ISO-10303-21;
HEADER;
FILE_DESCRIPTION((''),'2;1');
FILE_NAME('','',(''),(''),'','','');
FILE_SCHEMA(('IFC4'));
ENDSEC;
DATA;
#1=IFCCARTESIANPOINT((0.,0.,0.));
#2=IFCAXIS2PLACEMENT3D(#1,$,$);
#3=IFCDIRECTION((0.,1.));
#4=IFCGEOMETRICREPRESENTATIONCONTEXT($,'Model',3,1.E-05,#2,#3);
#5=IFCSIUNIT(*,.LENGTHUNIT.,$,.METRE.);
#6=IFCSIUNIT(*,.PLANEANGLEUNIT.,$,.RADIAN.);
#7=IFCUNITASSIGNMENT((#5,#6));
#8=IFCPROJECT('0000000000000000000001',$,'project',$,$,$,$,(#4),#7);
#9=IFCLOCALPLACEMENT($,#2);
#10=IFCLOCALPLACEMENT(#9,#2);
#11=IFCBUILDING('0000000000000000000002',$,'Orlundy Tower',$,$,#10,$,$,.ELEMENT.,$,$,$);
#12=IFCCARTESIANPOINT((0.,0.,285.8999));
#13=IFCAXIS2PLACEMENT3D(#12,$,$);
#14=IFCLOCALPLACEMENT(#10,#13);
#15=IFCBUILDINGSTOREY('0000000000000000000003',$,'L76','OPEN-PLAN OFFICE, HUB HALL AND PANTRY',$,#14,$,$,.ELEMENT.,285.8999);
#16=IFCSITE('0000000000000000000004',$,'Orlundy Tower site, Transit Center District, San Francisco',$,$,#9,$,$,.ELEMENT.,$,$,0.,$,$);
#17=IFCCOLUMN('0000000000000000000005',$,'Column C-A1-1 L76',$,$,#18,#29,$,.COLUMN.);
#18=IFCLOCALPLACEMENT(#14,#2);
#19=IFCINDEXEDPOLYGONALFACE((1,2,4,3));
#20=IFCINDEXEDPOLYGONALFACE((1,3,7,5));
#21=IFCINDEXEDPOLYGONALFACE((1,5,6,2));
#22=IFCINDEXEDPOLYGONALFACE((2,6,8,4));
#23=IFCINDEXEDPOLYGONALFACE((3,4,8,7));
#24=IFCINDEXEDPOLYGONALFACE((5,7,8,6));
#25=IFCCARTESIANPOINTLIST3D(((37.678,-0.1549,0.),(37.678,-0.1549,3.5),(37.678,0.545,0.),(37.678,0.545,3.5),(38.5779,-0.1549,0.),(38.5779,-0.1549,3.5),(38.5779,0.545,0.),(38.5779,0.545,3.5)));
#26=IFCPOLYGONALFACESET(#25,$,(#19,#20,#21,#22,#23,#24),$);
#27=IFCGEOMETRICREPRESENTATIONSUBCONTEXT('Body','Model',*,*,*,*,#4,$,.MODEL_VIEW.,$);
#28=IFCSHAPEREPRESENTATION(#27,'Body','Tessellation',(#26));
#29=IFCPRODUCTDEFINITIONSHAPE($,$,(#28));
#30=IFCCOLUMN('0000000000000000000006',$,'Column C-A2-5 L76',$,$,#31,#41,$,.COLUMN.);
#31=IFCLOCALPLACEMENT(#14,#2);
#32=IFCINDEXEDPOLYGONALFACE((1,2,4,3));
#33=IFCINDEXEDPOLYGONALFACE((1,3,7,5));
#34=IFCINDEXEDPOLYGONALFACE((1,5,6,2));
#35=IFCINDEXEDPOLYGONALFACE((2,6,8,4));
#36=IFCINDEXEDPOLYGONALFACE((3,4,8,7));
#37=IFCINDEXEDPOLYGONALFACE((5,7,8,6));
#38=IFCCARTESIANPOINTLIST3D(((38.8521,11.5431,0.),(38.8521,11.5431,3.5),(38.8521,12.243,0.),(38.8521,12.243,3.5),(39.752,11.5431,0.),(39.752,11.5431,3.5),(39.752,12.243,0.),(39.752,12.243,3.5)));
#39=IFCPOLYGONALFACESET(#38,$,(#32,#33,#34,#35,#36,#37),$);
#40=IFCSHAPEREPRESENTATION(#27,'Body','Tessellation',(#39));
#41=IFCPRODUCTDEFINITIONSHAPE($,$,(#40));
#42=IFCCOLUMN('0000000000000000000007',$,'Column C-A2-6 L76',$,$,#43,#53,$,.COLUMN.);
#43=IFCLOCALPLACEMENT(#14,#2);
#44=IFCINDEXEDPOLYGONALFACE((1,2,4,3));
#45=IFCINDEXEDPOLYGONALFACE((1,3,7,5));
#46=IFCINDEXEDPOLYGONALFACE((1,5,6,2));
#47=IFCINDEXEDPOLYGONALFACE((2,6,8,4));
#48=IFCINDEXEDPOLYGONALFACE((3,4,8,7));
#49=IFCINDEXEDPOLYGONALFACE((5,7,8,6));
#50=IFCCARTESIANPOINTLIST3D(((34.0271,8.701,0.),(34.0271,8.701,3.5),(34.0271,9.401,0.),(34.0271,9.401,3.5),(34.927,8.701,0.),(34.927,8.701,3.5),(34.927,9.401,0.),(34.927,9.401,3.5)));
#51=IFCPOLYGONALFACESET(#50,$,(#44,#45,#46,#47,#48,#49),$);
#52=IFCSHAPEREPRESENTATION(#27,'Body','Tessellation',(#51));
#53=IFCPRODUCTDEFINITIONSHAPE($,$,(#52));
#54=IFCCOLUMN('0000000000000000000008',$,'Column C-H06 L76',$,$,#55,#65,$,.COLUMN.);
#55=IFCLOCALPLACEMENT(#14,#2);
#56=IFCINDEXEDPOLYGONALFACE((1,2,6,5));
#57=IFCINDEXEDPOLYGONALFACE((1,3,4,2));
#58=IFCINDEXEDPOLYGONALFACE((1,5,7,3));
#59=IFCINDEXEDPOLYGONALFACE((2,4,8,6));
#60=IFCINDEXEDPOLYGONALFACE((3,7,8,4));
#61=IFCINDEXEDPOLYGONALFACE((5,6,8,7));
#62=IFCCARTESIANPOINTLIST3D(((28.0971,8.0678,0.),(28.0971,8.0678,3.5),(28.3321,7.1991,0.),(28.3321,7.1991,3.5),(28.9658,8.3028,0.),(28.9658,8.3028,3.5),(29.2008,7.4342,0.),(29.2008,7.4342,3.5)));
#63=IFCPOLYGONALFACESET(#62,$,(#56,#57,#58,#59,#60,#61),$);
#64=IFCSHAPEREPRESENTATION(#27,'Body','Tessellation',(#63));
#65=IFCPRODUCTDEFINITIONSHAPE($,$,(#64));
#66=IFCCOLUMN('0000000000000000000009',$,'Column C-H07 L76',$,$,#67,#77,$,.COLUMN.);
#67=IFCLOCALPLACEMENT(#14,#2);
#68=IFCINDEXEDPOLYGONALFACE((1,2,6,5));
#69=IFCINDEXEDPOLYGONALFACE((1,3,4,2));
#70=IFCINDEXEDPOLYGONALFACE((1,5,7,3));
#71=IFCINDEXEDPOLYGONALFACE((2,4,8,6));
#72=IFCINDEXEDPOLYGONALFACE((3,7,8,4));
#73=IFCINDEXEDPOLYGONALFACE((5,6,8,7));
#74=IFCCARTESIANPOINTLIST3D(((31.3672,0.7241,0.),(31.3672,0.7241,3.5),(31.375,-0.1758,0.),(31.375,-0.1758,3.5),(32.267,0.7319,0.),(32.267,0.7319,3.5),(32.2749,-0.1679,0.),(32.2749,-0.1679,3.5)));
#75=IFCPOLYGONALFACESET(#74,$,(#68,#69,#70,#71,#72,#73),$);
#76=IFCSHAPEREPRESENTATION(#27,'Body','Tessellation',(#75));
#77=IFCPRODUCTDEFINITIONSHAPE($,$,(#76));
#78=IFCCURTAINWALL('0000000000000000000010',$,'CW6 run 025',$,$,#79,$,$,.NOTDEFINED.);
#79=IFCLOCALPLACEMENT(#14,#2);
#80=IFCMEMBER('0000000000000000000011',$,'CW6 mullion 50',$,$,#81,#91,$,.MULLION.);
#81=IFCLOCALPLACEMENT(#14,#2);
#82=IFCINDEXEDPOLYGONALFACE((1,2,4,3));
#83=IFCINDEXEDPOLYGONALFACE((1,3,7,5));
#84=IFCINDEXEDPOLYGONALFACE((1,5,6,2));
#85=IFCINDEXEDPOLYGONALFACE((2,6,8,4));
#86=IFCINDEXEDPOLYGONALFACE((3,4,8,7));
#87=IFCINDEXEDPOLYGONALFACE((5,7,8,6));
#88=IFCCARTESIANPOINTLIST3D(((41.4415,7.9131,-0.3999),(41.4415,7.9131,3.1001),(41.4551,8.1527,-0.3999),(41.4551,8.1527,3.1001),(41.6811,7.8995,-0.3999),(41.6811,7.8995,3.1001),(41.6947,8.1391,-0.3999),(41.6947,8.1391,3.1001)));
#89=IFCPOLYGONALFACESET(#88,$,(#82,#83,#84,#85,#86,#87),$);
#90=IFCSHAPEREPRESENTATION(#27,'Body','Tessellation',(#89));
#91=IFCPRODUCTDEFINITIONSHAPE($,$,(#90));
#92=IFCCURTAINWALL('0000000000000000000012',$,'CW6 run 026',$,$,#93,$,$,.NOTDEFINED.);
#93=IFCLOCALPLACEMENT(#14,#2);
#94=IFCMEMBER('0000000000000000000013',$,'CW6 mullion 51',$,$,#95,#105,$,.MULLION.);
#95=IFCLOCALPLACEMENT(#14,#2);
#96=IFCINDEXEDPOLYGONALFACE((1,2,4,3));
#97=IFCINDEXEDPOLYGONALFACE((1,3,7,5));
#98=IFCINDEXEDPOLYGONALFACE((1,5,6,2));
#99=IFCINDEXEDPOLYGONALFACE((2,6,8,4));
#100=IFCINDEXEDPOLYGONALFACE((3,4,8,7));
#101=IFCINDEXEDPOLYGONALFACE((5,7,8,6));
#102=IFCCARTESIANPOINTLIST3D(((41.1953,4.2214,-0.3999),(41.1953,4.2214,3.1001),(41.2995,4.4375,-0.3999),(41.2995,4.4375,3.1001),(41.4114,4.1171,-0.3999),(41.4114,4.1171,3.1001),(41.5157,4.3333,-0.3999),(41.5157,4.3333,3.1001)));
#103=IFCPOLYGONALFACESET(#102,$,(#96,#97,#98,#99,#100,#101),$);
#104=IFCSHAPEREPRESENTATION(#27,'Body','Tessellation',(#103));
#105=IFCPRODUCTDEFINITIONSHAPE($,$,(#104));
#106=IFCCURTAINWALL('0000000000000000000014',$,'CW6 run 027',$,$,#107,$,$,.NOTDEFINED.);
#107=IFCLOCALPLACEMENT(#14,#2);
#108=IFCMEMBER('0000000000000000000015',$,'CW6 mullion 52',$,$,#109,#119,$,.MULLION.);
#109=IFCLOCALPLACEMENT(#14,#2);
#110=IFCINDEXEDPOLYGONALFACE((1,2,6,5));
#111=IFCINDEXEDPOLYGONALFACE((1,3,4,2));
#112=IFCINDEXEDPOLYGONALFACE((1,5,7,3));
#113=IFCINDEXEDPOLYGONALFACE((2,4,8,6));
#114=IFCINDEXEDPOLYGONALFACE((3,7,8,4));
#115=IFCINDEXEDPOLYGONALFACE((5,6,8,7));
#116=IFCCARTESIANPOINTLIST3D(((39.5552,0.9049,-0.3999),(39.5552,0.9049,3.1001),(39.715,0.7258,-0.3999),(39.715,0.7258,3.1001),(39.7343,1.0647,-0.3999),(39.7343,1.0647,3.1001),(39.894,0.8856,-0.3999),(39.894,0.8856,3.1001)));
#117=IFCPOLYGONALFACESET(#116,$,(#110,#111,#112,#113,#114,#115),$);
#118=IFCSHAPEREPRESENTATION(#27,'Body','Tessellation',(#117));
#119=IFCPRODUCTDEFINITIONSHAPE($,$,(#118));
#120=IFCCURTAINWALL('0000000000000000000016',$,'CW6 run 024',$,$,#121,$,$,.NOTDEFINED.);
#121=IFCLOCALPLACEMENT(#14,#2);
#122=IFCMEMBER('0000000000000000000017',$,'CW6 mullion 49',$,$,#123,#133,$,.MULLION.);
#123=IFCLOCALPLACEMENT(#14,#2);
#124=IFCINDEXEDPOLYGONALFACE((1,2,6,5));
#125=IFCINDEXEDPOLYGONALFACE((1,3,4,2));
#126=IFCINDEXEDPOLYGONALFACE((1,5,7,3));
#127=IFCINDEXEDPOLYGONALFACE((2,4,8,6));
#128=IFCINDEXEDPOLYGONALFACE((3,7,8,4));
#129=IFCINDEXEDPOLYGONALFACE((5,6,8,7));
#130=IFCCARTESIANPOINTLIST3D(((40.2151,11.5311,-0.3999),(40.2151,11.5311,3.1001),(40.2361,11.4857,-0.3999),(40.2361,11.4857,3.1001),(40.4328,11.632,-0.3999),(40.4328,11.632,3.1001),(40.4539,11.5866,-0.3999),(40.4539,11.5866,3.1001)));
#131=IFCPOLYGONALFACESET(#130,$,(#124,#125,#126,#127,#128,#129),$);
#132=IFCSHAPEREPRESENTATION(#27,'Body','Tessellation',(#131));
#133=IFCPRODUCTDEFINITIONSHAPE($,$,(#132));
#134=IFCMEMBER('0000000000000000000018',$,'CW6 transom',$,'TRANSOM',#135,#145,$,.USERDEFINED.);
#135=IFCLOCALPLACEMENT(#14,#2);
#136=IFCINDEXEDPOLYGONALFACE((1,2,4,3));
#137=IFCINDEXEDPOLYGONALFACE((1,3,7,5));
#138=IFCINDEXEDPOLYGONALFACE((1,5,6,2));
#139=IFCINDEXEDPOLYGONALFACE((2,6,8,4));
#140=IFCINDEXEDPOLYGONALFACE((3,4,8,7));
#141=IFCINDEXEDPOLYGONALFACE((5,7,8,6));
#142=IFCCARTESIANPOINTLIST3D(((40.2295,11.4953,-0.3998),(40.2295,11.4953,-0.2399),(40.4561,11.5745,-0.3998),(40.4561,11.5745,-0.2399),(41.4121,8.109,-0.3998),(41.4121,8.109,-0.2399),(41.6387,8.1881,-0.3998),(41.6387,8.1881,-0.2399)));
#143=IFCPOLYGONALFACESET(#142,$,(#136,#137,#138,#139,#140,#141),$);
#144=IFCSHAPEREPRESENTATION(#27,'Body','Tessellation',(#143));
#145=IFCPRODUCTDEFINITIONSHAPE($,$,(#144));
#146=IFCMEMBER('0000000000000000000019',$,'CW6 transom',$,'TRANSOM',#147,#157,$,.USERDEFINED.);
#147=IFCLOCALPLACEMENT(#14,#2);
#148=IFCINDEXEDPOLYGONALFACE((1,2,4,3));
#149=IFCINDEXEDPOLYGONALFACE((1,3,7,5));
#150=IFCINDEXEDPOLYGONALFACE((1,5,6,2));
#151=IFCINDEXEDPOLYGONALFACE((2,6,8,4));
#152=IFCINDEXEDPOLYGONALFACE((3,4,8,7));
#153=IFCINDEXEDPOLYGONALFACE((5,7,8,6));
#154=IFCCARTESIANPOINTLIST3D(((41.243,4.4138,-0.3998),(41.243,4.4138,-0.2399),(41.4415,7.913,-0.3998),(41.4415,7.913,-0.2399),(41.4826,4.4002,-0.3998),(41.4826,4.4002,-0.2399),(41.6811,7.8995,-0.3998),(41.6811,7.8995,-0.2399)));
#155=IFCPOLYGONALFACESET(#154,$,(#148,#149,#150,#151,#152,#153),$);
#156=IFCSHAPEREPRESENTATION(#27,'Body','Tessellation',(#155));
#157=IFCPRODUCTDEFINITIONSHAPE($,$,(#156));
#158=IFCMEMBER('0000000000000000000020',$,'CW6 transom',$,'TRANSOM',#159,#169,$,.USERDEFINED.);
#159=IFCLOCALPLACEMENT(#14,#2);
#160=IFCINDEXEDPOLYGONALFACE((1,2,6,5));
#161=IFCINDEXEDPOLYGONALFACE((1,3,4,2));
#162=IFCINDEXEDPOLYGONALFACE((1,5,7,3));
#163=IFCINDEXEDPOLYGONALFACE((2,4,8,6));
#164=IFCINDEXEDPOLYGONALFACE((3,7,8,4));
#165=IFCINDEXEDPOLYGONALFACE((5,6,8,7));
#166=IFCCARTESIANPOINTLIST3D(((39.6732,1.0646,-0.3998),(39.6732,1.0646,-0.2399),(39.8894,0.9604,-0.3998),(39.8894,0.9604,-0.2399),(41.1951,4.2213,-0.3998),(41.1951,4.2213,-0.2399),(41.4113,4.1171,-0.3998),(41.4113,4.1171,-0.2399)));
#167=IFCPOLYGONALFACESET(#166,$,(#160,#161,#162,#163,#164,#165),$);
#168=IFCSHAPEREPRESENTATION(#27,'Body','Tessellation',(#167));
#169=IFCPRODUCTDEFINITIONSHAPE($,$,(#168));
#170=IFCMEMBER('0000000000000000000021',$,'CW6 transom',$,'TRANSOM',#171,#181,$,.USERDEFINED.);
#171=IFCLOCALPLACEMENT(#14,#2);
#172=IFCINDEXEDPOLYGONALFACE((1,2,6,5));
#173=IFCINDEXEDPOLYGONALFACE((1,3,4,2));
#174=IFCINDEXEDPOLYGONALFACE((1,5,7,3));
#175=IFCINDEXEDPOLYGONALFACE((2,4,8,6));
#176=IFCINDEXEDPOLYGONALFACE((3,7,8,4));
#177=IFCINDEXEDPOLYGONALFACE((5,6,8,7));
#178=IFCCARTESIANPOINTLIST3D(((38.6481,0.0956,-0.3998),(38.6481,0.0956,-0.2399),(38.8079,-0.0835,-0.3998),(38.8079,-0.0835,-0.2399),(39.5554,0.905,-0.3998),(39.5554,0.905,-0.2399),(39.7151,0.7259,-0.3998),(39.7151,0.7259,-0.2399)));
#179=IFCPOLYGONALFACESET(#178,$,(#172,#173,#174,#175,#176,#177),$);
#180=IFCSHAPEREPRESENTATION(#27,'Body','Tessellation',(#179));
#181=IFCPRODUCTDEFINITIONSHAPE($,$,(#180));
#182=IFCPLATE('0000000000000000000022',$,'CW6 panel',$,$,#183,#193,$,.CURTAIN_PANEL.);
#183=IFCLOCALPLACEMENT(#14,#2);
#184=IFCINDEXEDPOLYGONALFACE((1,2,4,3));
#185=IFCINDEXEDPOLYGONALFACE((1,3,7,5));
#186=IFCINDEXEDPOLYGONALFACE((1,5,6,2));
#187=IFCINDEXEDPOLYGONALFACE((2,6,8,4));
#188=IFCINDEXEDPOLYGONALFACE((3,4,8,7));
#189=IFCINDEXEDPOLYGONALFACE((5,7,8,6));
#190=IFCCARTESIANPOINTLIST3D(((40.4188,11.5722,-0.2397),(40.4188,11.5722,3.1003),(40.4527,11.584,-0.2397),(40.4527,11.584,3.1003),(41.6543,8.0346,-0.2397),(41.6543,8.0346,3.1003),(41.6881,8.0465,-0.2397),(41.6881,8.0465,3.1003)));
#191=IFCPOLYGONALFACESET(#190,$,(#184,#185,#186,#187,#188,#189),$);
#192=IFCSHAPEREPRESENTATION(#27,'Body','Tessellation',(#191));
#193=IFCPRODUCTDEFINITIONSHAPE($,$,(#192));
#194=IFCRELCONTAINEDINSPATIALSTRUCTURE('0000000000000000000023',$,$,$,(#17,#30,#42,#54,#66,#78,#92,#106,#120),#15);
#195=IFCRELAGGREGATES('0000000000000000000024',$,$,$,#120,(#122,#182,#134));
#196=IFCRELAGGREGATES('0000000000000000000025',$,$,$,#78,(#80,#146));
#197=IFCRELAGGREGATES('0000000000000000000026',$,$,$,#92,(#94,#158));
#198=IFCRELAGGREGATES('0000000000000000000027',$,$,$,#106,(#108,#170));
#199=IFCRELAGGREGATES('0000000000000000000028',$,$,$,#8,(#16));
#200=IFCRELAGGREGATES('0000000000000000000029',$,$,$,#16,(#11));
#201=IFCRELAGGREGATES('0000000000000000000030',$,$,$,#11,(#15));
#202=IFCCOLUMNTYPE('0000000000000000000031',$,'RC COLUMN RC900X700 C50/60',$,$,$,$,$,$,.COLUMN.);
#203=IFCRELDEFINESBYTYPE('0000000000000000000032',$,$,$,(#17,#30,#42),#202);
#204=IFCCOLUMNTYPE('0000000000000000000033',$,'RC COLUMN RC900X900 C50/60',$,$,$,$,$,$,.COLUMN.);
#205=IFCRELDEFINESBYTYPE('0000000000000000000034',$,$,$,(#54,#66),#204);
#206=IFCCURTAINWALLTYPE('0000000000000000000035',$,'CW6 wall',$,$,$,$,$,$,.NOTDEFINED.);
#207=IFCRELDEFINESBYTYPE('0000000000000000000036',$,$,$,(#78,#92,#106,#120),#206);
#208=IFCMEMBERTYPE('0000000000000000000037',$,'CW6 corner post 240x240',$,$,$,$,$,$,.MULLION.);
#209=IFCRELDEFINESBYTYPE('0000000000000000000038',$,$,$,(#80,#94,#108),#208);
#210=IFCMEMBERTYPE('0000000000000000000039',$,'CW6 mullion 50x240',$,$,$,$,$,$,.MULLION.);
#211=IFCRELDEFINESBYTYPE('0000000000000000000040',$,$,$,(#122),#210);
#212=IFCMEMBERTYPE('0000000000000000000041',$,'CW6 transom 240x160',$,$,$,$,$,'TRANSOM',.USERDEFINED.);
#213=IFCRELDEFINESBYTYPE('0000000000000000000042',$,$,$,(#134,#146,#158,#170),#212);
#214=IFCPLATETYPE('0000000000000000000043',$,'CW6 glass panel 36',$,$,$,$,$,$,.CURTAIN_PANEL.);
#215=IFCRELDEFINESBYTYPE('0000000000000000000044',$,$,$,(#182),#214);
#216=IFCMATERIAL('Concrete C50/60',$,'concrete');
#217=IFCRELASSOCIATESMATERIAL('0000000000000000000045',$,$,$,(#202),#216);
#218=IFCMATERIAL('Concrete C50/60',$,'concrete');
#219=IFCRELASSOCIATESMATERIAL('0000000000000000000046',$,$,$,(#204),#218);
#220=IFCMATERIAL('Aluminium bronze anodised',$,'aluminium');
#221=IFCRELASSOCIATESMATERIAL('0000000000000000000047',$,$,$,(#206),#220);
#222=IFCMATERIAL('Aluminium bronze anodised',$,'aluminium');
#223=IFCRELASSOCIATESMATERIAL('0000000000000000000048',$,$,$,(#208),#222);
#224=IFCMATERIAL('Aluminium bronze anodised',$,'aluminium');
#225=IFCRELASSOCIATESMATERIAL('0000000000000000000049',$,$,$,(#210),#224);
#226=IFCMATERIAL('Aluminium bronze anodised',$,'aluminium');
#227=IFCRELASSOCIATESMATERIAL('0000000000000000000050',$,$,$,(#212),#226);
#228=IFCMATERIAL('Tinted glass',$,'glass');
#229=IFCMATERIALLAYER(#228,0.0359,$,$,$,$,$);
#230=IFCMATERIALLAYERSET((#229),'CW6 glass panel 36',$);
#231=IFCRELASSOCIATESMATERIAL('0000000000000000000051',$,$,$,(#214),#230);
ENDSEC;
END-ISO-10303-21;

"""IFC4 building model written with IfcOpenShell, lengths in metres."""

from ifc_helpers import new_model, si_unit, direction, frame, origin, origin_2d, place, context, subcontext, project, spatial, rectangle, extrude, material, layer, layer_set, material_profile, profile_set, type_object, element, aggregate, save


model = new_model("IFC4")

# Units and contexts
model_context = context("Model", 3, precision=1e-05, world=origin(), true_north=direction((0.0, 1.0)))
body_context = subcontext(model_context, "Body", "Model", "MODEL_VIEW")
ifc_project = project(units=[si_unit("LENGTHUNIT", "METRE"), si_unit("PLANEANGLEUNIT", "RADIAN")], contexts=[model_context])

# Site, building, storey
site_placement = place(None, origin())
site = spatial("IfcSite", under=ifc_project, at=site_placement, Name="Orlundy Tower site, Transit Center District, San Francisco", CompositionType="ELEMENT", RefElevation=0.0)
building_placement = place(site_placement, origin())
building = spatial("IfcBuilding", under=site, at=building_placement, Name="Orlundy Tower", CompositionType="ELEMENT")
storey_placement = place(building_placement, frame((0.0, 0.0, 285.8999)))
storey = spatial("IfcBuildingStorey", under=building, at=storey_placement, Name="L76", Description="OPEN-PLAN OFFICE, HUB HALL AND PANTRY", CompositionType="ELEMENT", Elevation=285.8999)

# Columns
ifc_material_1 = material(Name="Concrete C50/60", Category="concrete")
ifc_material_profile_1 = material_profile(ifc_material_1, rectangle(XDim=0.8999, YDim=0.7, at=origin_2d()), Name="RC900X700")
ifc_profile_set_1 = profile_set([ifc_material_profile_1], Name="Concrete C50/60")
column_type_1 = type_object("IfcColumnType", Name="RC COLUMN RC900X700 C50/60", PredefinedType="COLUMN", material=ifc_profile_set_1)
for number, where, z_axis, x_axis, name in (
    (1, (38.1279, 0.1951, 0.0), (0.0, 0.0, 1.0), (1.0, 0.0, 0.0), "Column C-A1-1 L76"),
    (2, (39.302, 11.8931, 0.0), (0.0, 0.0, 1.0), (1.0, 0.0, 0.0), "Column C-A2-5 L76"),
    (3, (34.4771, 9.051, 0.0), (0.0, 0.0, 1.0), (1.0, 0.0, 0.0), "Column C-A2-6 L76"),
):
    element("IfcColumn", number, at=place(storey_placement, frame(where, z_axis=z_axis, x_axis=x_axis)), inside=storey, type_object=column_type_1, Name=name, PredefinedType="COLUMN", context=body_context, shape_type="SweptSolid", body=[
        extrude(rectangle(XDim=0.8999, YDim=0.7, at=origin_2d()), origin(), (0.0, 0.0, 1.0), 3.5),
    ])
ifc_material_2 = material(Name="Concrete C50/60", Category="concrete")
ifc_material_profile_2 = material_profile(ifc_material_2, rectangle(XDim=0.8999, YDim=0.8999, at=origin_2d()), Name="RC900X900")
ifc_profile_set_2 = profile_set([ifc_material_profile_2], Name="Concrete C50/60")
column_type_2 = type_object("IfcColumnType", Name="RC COLUMN RC900X900 C50/60", PredefinedType="COLUMN", material=ifc_profile_set_2)
for number, where, z_axis, x_axis, name in (
    (4, (28.6489, 7.751, 0.0), (0.0, 0.0, 1.0), (0.965295, 0.261162, 0.0), "Column C-H06 L76"),
    (5, (31.821, 0.2781, 0.0), (0.0, 0.0, 1.0), (0.999962, 0.008744, 0.0), "Column C-H07 L76"),
):
    element("IfcColumn", number, at=place(storey_placement, frame(where, z_axis=z_axis, x_axis=x_axis)), inside=storey, type_object=column_type_2, Name=name, PredefinedType="COLUMN", context=body_context, shape_type="SweptSolid", body=[
        extrude(rectangle(XDim=0.8999, YDim=0.8999, at=origin_2d()), origin(), (0.0, 0.0, 1.0), 3.5),
    ])

# Curtain walls, members
ifc_material_3 = material(Name="Aluminium bronze anodised", Category="aluminium")
curtain_wall_type = type_object("IfcCurtainWallType", Name="CW6 wall", PredefinedType="NOTDEFINED", material=ifc_material_3)
curtain_wall_1_placement = place(storey_placement, origin())
curtain_wall_1 = element("IfcCurtainWall", 6, at=curtain_wall_1_placement, inside=storey, type_object=curtain_wall_type, Name="CW6 run 025", PredefinedType="NOTDEFINED")
ifc_material_4 = material(Name="Aluminium bronze anodised", Category="aluminium")
ifc_material_profile_3 = material_profile(ifc_material_4, rectangle(XDim=0.24, YDim=0.24, at=origin_2d()), Name="CW6 corner post 240x240")
ifc_profile_set_3 = profile_set([ifc_material_profile_3], Name="Aluminium bronze anodised")
member_type_1 = type_object("IfcMemberType", Name="CW6 corner post 240x240", PredefinedType="MULLION", material=ifc_profile_set_3)
member_1_placement = place(storey_placement, frame((41.5681, 8.0261, -0.3999), z_axis=(0.0, 0.0, 1.0), x_axis=(0.998394, -0.05665, 0.0)))
member_1 = element("IfcMember", 7, at=member_1_placement, type_object=member_type_1, Name="CW6 mullion 50", PredefinedType="MULLION", context=body_context, shape_type="SweptSolid", body=[
    extrude(rectangle(XDim=0.24, YDim=0.24, at=origin_2d()), origin(), (0.0, 0.0, 1.0), 3.5),
])
curtain_wall_2_placement = place(storey_placement, origin())
curtain_wall_2 = element("IfcCurtainWall", 8, at=curtain_wall_2_placement, inside=storey, type_object=curtain_wall_type, Name="CW6 run 026", PredefinedType="NOTDEFINED")
member_2_placement = place(storey_placement, frame((41.3555, 4.2773, -0.3999), z_axis=(0.0, 0.0, 1.0), x_axis=(0.900755, -0.434327, 0.0)))
member_2 = element("IfcMember", 9, at=member_2_placement, type_object=member_type_1, Name="CW6 mullion 51", PredefinedType="MULLION", context=body_context, shape_type="SweptSolid", body=[
    extrude(rectangle(XDim=0.24, YDim=0.24, at=origin_2d()), origin(), (0.0, 0.0, 1.0), 3.5),
])
curtain_wall_3_placement = place(storey_placement, origin())
curtain_wall_3 = element("IfcCurtainWall", 10, at=curtain_wall_3_placement, inside=storey, type_object=curtain_wall_type, Name="CW6 run 027", PredefinedType="NOTDEFINED")
member_3_placement = place(storey_placement, frame((39.7246, 0.8953, -0.3999), z_axis=(0.0, 0.0, 1.0), x_axis=(0.665769, -0.746158, 0.0)))
member_3 = element("IfcMember", 11, at=member_3_placement, type_object=member_type_1, Name="CW6 mullion 52", PredefinedType="MULLION", context=body_context, shape_type="SweptSolid", body=[
    extrude(rectangle(XDim=0.24, YDim=0.24, at=origin_2d()), origin(), (0.0, 0.0, 1.0), 3.5),
])

# Curtain wall, members
curtain_wall_4_placement = place(storey_placement, origin())
curtain_wall_4 = element("IfcCurtainWall", 12, at=curtain_wall_4_placement, inside=storey, type_object=curtain_wall_type, Name="CW6 run 024", PredefinedType="NOTDEFINED")
ifc_material_5 = material(Name="Aluminium bronze anodised", Category="aluminium")
ifc_material_profile_4 = material_profile(ifc_material_5, rectangle(XDim=0.24, YDim=0.05, at=origin_2d()), Name="CW6 mullion 50x240")
ifc_profile_set_4 = profile_set([ifc_material_profile_4], Name="Aluminium bronze anodised")
member_type_2 = type_object("IfcMemberType", Name="CW6 mullion 50x240", PredefinedType="MULLION", material=ifc_profile_set_4)
member_4_placement = place(storey_placement, frame((40.3345, 11.5588, -0.3999), z_axis=(0.0, 0.0, 1.0), x_axis=(0.907224, 0.420648, 0.0)))
member_4 = element("IfcMember", 13, at=member_4_placement, type_object=member_type_2, Name="CW6 mullion 49", PredefinedType="MULLION", context=body_context, shape_type="SweptSolid", body=[
    extrude(rectangle(XDim=0.24, YDim=0.05, at=origin_2d()), origin(), (0.0, 0.0, 1.0), 3.5),
])
ifc_material_6 = material(Name="Aluminium bronze anodised", Category="aluminium")
ifc_material_profile_5 = material_profile(ifc_material_6, rectangle(XDim=0.24, YDim=0.1599, at=origin_2d()), Name="CW6 transom 240x160")
ifc_profile_set_5 = profile_set([ifc_material_profile_5], Name="Aluminium bronze anodised")
member_type_3 = type_object("IfcMemberType", Name="CW6 transom 240x160", ElementType="TRANSOM", PredefinedType="USERDEFINED", material=ifc_profile_set_5)
member_5_placement = place(storey_placement, frame((40.3428, 11.5349, -0.3198), z_axis=(0.329714, -0.944081, 0.0), x_axis=(0.944081, 0.329714, 0.0)))
member_5 = element("IfcMember", 14, at=member_5_placement, type_object=member_type_3, Name="CW6 transom", ObjectType="TRANSOM", PredefinedType="USERDEFINED", context=body_context, shape_type="SweptSolid", body=[
    extrude(rectangle(XDim=0.24, YDim=0.1599, at=origin_2d()), origin(), (0.0, 0.0, 1.0), 3.5869),
])

# Members
member_6_placement = place(storey_placement, frame((41.5613, 7.9062, -0.3198), z_axis=(-0.056631, -0.998395, 0.0), x_axis=(0.998395, -0.056631, 0.0)))
member_6 = element("IfcMember", 15, at=member_6_placement, type_object=member_type_3, Name="CW6 transom", ObjectType="TRANSOM", PredefinedType="USERDEFINED", context=body_context, shape_type="SweptSolid", body=[
    extrude(rectangle(XDim=0.24, YDim=0.1599, at=origin_2d()), origin(), (0.0, 0.0, 1.0), 3.5049),
])
member_7_placement = place(storey_placement, frame((41.3032, 4.1692, -0.3198), z_axis=(-0.434293, -0.900772, 0.0), x_axis=(0.900772, -0.434293, 0.0)))
member_7 = element("IfcMember", 16, at=member_7_placement, type_object=member_type_3, Name="CW6 transom", ObjectType="TRANSOM", PredefinedType="USERDEFINED", context=body_context, shape_type="SweptSolid", body=[
    extrude(rectangle(XDim=0.24, YDim=0.1599, at=origin_2d()), origin(), (0.0, 0.0, 1.0), 3.5044),
])
member_8_placement = place(storey_placement, frame((39.6353, 0.8154, -0.3198), z_axis=(-0.746223, -0.665696, 0.0), x_axis=(0.665696, -0.746223, 0.0)))
member_8 = element("IfcMember", 17, at=member_8_placement, type_object=member_type_3, Name="CW6 transom", ObjectType="TRANSOM", PredefinedType="USERDEFINED", context=body_context, shape_type="SweptSolid", body=[
    extrude(rectangle(XDim=0.24, YDim=0.1599, at=origin_2d()), origin(), (0.0, 0.0, 1.0), 1.2158),
])

# Plate
ifc_material_7 = material(Name="Tinted glass", Category="glass")
ifc_layer_1 = layer(ifc_material_7, 0.0359)
ifc_layer_set_1 = layer_set([ifc_layer_1], Name="CW6 glass panel 36")
plate_type = type_object("IfcPlateType", Name="CW6 glass panel 36", PredefinedType="CURTAIN_PANEL", material=ifc_layer_set_1)
plate_1_placement = place(storey_placement, frame((41.0535, 9.8093, -0.2397), z_axis=(0.0, 0.0, 1.0), x_axis=(0.329713, -0.944081, 0.0)))
plate_1 = element("IfcPlate", 18, at=plate_1_placement, type_object=plate_type, Name="CW6 panel", PredefinedType="CURTAIN_PANEL", context=body_context, shape_type="SweptSolid", body=[
    extrude(rectangle(XDim=3.7471, YDim=0.0359, at=origin_2d()), origin(), (0.0, 0.0, 1.0), 3.3401),
])
aggregate(curtain_wall_4, [member_4, plate_1, member_5])
aggregate(curtain_wall_1, [member_1, member_6])
aggregate(curtain_wall_2, [member_2, member_7])
aggregate(curtain_wall_3, [member_3, member_8])

save(model, "model.ifc")
